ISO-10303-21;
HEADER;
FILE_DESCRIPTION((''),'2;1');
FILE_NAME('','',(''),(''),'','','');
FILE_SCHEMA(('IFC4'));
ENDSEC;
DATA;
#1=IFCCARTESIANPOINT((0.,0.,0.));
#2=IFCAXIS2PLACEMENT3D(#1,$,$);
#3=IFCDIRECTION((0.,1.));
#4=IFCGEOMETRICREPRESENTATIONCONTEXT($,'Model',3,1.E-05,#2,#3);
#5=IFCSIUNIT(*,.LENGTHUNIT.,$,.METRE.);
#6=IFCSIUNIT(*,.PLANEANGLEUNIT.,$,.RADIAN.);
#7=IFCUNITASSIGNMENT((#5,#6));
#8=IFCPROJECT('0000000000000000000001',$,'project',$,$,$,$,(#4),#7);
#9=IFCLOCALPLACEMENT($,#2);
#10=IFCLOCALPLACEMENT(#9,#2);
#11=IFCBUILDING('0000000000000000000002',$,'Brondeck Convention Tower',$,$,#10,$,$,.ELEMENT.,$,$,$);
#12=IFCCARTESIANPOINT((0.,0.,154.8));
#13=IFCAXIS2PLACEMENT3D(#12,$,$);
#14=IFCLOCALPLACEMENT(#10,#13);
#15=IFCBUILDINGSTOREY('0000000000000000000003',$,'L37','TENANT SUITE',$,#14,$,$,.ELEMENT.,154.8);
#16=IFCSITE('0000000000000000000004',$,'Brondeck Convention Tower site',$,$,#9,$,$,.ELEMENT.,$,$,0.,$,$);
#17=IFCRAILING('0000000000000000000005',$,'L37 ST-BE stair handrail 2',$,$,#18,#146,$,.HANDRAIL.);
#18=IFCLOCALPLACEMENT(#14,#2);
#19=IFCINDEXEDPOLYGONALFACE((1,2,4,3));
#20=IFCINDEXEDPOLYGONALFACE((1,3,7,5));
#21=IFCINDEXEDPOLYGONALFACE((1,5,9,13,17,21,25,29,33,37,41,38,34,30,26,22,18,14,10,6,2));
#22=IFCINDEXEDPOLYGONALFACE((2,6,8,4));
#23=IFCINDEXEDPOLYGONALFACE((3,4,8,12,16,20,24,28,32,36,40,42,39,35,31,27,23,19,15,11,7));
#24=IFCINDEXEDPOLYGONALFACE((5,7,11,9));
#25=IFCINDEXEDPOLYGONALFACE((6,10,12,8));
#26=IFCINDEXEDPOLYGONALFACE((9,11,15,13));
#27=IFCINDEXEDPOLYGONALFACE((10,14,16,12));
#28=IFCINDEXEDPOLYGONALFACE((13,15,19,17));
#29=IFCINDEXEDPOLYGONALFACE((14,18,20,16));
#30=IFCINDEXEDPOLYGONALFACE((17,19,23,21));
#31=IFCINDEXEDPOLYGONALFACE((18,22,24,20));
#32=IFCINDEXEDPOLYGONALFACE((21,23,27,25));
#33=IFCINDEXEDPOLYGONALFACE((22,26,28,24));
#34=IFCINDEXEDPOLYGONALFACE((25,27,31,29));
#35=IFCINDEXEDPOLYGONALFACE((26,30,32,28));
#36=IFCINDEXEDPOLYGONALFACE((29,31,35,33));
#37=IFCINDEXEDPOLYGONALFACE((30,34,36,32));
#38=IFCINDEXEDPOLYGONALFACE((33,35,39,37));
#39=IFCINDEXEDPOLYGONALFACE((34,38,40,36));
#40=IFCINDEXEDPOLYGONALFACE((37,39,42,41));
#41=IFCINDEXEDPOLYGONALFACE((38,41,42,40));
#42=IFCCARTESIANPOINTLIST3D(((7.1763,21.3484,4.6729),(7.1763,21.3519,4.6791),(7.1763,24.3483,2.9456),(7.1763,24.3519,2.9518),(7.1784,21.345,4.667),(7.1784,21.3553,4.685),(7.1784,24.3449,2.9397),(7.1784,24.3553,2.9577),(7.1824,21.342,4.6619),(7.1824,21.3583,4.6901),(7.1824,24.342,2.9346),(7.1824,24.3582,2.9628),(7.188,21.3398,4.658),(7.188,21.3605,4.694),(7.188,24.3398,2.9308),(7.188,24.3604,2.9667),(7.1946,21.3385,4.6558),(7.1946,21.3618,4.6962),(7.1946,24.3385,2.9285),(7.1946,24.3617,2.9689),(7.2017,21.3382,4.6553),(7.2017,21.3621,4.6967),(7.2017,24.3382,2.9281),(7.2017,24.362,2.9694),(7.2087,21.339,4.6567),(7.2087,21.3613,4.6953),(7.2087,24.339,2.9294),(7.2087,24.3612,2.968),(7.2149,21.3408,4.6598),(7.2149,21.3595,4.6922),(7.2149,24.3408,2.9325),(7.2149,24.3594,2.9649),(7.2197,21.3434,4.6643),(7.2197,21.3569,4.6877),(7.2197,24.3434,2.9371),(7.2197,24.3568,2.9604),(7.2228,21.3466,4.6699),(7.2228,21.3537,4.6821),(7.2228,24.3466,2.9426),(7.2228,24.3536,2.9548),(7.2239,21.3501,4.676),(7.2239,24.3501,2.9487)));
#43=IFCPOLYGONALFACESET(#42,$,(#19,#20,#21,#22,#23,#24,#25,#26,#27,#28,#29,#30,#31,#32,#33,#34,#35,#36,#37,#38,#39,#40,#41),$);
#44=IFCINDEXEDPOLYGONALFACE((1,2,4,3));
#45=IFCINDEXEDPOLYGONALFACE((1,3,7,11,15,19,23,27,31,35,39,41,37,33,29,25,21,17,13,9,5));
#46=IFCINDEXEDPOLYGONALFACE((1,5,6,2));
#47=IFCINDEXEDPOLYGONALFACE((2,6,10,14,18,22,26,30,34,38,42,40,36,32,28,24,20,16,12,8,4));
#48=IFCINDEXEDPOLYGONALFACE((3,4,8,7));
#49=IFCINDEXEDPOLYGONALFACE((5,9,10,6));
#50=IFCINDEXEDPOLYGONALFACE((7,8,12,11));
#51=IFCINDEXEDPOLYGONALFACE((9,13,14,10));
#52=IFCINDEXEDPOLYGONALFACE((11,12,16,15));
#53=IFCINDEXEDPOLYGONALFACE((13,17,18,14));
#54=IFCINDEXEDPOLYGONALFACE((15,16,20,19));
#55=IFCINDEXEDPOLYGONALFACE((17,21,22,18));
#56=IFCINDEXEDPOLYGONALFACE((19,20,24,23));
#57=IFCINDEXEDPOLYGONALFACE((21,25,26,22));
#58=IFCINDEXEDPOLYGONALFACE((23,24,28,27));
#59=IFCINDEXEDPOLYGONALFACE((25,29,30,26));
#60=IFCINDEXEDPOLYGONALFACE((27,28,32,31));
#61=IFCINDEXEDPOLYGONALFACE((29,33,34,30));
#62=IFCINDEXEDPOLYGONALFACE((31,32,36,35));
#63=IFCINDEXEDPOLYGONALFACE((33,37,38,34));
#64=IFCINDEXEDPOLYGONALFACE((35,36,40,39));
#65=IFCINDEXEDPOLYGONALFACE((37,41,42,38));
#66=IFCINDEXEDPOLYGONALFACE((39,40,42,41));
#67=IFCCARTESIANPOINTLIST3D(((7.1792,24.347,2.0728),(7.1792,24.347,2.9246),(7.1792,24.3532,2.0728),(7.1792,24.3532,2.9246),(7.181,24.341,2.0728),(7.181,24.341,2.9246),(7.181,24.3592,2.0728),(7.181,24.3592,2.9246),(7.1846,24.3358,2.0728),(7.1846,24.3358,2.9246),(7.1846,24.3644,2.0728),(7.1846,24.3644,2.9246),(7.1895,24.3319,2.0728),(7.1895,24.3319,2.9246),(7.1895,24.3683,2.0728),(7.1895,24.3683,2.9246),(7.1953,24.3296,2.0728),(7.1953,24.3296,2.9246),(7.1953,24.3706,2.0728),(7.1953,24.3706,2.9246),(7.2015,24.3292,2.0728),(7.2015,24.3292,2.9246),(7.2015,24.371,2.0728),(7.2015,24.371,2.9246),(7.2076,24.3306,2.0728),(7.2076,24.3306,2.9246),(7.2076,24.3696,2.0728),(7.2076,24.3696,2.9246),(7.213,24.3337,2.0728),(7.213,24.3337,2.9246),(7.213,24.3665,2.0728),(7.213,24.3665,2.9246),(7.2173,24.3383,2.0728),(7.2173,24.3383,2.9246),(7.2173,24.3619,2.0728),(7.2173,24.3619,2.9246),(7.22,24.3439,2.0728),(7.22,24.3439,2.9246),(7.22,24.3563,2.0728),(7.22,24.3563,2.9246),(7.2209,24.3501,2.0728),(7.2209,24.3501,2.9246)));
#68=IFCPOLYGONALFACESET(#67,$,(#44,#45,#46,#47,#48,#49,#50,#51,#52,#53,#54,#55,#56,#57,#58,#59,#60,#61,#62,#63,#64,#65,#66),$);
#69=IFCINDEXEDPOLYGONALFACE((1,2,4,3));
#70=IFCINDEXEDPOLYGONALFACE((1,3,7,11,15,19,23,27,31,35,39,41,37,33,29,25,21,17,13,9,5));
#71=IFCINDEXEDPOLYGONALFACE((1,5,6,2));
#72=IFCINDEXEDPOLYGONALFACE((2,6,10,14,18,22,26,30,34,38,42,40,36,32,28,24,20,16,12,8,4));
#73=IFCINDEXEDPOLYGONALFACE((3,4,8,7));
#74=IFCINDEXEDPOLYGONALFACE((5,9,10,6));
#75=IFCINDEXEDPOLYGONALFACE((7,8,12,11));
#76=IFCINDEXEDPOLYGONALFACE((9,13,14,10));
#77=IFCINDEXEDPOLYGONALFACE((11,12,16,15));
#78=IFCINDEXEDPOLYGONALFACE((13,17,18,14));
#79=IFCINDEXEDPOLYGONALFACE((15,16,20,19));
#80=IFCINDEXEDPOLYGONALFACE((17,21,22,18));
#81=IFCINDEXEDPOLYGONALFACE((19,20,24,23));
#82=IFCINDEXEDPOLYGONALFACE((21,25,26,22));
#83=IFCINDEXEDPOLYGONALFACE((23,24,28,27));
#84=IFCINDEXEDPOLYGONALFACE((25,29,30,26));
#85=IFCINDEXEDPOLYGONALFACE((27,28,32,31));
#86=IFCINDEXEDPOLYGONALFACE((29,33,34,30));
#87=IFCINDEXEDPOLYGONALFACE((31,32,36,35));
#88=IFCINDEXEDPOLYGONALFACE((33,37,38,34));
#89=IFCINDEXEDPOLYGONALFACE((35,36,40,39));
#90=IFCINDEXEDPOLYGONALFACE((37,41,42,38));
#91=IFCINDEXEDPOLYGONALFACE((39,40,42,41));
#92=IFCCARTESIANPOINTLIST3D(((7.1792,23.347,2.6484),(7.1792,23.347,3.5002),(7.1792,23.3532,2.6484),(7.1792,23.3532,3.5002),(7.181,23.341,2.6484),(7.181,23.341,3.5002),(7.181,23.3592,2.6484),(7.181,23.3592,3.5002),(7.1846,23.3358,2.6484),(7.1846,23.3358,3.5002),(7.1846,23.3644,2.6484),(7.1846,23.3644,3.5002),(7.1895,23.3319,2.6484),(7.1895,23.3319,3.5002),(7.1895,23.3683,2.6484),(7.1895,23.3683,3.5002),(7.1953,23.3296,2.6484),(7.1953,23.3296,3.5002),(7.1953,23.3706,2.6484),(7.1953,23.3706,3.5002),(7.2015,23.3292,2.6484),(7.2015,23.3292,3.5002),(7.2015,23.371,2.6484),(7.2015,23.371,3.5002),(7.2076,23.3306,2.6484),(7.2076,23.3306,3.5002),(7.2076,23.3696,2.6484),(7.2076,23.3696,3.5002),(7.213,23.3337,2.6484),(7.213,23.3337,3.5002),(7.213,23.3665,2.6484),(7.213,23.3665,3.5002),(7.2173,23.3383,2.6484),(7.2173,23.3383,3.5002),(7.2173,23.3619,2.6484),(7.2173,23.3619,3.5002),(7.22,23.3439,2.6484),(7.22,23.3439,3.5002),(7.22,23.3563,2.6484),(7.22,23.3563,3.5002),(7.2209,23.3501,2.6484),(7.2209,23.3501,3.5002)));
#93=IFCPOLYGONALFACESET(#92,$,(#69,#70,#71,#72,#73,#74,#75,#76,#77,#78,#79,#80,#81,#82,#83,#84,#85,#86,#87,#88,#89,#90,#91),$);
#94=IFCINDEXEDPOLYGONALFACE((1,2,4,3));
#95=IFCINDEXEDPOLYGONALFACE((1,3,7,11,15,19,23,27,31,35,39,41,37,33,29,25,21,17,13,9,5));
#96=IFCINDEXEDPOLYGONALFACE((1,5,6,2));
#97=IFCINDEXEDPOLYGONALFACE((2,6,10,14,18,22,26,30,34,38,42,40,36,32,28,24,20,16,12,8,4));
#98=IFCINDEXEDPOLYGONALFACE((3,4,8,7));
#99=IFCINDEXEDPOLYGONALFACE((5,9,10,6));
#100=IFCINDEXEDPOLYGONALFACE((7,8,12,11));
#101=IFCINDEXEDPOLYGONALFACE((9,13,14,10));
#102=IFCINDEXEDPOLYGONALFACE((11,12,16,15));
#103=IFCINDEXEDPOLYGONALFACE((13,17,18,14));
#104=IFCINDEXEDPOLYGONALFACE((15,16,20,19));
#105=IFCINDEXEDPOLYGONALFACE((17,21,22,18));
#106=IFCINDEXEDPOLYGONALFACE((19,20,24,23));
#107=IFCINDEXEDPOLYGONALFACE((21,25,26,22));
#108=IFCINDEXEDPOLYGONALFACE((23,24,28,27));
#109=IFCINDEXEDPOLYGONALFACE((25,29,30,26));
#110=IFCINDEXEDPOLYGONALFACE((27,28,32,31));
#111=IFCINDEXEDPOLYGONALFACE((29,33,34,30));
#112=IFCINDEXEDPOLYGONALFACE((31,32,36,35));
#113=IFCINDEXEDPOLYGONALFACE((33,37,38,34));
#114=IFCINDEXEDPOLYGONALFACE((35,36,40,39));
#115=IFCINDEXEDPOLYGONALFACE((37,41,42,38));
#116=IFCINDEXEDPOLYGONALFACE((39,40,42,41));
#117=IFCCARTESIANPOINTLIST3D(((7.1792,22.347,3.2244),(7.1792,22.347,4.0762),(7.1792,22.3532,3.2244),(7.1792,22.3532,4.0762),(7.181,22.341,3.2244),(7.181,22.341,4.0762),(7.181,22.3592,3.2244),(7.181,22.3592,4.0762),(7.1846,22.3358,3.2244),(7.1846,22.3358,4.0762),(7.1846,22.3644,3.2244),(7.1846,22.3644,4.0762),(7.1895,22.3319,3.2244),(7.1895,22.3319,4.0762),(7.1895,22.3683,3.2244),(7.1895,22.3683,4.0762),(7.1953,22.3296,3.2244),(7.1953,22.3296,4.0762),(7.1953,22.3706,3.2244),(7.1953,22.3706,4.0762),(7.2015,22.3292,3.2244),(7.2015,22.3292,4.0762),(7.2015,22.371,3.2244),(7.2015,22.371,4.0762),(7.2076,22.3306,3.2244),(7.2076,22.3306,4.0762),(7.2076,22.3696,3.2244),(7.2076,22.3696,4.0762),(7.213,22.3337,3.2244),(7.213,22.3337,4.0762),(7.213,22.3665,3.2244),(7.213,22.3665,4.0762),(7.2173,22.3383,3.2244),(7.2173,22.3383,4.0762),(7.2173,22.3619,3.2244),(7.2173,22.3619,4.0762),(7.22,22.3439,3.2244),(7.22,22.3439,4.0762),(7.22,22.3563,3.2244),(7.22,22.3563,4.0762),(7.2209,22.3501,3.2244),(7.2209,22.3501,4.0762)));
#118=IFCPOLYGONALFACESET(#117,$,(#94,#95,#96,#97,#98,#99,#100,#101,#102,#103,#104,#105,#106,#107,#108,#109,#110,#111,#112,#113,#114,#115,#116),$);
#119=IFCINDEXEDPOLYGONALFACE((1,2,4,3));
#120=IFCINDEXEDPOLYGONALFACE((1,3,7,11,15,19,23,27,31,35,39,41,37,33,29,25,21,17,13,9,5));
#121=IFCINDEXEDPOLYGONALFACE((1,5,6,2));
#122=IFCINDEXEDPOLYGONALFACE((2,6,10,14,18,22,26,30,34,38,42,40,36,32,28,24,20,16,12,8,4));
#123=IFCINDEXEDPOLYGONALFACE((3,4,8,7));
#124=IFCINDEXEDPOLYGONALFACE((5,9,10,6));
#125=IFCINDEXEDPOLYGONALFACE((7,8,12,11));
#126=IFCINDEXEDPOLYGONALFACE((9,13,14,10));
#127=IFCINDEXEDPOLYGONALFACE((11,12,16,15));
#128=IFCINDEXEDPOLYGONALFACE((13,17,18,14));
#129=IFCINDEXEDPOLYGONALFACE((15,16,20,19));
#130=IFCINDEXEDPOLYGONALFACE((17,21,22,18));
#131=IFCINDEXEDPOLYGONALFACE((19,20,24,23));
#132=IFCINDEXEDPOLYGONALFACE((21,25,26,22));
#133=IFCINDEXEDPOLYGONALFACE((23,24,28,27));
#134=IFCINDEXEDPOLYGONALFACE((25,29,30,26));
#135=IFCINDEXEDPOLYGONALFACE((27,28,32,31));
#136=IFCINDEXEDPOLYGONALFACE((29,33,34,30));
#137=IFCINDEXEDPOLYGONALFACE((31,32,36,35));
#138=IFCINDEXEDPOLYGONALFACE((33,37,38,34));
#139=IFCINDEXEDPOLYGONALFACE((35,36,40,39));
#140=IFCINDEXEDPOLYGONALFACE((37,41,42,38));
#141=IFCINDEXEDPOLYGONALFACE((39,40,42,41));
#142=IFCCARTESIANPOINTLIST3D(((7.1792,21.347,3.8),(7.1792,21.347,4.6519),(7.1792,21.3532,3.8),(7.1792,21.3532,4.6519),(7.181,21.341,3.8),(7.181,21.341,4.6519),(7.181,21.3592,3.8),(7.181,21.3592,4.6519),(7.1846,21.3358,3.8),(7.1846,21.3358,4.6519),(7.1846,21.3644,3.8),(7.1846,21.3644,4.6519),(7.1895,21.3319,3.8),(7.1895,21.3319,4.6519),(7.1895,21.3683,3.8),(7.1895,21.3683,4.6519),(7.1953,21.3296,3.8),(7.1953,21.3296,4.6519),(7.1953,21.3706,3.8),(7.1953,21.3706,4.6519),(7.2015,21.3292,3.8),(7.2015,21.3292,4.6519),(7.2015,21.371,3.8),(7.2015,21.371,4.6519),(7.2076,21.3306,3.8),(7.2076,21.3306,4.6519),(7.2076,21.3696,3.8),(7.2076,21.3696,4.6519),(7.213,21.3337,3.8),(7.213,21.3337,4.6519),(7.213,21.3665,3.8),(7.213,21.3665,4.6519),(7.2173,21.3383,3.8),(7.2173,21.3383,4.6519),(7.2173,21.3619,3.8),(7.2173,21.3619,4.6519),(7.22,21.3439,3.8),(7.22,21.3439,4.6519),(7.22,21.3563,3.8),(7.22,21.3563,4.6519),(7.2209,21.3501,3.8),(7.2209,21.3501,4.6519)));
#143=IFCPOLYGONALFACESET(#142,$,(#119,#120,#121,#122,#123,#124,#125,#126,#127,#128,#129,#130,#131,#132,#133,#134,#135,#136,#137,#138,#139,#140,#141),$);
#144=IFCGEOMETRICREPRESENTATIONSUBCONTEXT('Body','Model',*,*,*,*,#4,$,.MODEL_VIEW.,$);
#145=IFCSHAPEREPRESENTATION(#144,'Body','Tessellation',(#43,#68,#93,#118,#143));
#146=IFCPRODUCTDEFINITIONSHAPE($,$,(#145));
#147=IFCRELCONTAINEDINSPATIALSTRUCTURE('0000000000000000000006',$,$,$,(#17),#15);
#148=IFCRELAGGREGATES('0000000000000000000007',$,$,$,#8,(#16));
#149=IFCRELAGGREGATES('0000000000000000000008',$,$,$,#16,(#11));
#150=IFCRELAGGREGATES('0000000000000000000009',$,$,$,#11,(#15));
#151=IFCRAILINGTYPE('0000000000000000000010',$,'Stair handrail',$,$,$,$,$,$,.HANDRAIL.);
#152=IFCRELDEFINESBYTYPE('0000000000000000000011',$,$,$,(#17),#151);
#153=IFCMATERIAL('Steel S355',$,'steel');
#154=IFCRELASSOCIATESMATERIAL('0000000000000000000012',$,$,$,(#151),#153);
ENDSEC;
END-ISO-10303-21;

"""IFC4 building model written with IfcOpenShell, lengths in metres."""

from ifc_helpers import new_model, si_unit, direction, frame, origin, origin_2d, place, context, subcontext, project, spatial, circle, extrude, material, type_object, element, save


model = new_model("IFC4")

# Units and contexts
model_context = context("Model", 3, precision=1e-05, world=origin(), true_north=direction((0.0, 1.0)))
body_context = subcontext(model_context, "Body", "Model", "MODEL_VIEW")
ifc_project = project(units=[si_unit("LENGTHUNIT", "METRE"), si_unit("PLANEANGLEUNIT", "RADIAN")], contexts=[model_context])

# Site, building, storey
site_placement = place(None, origin())
site = spatial("IfcSite", under=ifc_project, at=site_placement, Name="Brondeck Convention Tower site", CompositionType="ELEMENT", RefElevation=0.0)
building_placement = place(site_placement, origin())
building = spatial("IfcBuilding", under=site, at=building_placement, Name="Brondeck Convention Tower", CompositionType="ELEMENT")
storey_placement = place(building_placement, frame((0.0, 0.0, 154.8)))
storey = spatial("IfcBuildingStorey", under=building, at=storey_placement, Name="L37", Description="TENANT SUITE", CompositionType="ELEMENT", Elevation=154.8)

# Shared definitions
ifc_material_1 = material(Name="Steel S355", Category="steel")

# Railing
railing_type_1 = type_object("IfcRailingType", Name="Stair handrail", PredefinedType="HANDRAIL", material=ifc_material_1)
railing_1_placement = place(storey_placement, frame((7.2, 24.3501, 2.0728)))
element("IfcRailing", 1, at=railing_1_placement, inside=storey, type_object=railing_type_1, Name="L37 ST-BE stair handrail 2", PredefinedType="HANDRAIL", context=body_context, shape_type="SweptSolid", body=[
    extrude(circle(Radius=0.0239, at=origin_2d()), frame((0.0, 0.0, 0.876), z_axis=(0.0, -0.86662, 0.498969), x_axis=(1.0, 0.0, 0.0)), (0.0, 0.0, 1.0), 3.4617),
    extrude(circle(Radius=0.021, at=origin_2d()), origin(), (0.0, 0.0, 1.0), 0.8518),
    extrude(circle(Radius=0.021, at=origin_2d()), frame((0.0, -1.0, 0.5757)), (0.0, 0.0, 1.0), 0.8518),
    extrude(circle(Radius=0.021, at=origin_2d()), frame((0.0, -2.0, 1.1516)), (0.0, 0.0, 1.0), 0.8518),
    extrude(circle(Radius=0.021, at=origin_2d()), frame((0.0, -3.0, 1.7273)), (0.0, 0.0, 1.0), 0.8518),
])

save(model, "model.ifc")
